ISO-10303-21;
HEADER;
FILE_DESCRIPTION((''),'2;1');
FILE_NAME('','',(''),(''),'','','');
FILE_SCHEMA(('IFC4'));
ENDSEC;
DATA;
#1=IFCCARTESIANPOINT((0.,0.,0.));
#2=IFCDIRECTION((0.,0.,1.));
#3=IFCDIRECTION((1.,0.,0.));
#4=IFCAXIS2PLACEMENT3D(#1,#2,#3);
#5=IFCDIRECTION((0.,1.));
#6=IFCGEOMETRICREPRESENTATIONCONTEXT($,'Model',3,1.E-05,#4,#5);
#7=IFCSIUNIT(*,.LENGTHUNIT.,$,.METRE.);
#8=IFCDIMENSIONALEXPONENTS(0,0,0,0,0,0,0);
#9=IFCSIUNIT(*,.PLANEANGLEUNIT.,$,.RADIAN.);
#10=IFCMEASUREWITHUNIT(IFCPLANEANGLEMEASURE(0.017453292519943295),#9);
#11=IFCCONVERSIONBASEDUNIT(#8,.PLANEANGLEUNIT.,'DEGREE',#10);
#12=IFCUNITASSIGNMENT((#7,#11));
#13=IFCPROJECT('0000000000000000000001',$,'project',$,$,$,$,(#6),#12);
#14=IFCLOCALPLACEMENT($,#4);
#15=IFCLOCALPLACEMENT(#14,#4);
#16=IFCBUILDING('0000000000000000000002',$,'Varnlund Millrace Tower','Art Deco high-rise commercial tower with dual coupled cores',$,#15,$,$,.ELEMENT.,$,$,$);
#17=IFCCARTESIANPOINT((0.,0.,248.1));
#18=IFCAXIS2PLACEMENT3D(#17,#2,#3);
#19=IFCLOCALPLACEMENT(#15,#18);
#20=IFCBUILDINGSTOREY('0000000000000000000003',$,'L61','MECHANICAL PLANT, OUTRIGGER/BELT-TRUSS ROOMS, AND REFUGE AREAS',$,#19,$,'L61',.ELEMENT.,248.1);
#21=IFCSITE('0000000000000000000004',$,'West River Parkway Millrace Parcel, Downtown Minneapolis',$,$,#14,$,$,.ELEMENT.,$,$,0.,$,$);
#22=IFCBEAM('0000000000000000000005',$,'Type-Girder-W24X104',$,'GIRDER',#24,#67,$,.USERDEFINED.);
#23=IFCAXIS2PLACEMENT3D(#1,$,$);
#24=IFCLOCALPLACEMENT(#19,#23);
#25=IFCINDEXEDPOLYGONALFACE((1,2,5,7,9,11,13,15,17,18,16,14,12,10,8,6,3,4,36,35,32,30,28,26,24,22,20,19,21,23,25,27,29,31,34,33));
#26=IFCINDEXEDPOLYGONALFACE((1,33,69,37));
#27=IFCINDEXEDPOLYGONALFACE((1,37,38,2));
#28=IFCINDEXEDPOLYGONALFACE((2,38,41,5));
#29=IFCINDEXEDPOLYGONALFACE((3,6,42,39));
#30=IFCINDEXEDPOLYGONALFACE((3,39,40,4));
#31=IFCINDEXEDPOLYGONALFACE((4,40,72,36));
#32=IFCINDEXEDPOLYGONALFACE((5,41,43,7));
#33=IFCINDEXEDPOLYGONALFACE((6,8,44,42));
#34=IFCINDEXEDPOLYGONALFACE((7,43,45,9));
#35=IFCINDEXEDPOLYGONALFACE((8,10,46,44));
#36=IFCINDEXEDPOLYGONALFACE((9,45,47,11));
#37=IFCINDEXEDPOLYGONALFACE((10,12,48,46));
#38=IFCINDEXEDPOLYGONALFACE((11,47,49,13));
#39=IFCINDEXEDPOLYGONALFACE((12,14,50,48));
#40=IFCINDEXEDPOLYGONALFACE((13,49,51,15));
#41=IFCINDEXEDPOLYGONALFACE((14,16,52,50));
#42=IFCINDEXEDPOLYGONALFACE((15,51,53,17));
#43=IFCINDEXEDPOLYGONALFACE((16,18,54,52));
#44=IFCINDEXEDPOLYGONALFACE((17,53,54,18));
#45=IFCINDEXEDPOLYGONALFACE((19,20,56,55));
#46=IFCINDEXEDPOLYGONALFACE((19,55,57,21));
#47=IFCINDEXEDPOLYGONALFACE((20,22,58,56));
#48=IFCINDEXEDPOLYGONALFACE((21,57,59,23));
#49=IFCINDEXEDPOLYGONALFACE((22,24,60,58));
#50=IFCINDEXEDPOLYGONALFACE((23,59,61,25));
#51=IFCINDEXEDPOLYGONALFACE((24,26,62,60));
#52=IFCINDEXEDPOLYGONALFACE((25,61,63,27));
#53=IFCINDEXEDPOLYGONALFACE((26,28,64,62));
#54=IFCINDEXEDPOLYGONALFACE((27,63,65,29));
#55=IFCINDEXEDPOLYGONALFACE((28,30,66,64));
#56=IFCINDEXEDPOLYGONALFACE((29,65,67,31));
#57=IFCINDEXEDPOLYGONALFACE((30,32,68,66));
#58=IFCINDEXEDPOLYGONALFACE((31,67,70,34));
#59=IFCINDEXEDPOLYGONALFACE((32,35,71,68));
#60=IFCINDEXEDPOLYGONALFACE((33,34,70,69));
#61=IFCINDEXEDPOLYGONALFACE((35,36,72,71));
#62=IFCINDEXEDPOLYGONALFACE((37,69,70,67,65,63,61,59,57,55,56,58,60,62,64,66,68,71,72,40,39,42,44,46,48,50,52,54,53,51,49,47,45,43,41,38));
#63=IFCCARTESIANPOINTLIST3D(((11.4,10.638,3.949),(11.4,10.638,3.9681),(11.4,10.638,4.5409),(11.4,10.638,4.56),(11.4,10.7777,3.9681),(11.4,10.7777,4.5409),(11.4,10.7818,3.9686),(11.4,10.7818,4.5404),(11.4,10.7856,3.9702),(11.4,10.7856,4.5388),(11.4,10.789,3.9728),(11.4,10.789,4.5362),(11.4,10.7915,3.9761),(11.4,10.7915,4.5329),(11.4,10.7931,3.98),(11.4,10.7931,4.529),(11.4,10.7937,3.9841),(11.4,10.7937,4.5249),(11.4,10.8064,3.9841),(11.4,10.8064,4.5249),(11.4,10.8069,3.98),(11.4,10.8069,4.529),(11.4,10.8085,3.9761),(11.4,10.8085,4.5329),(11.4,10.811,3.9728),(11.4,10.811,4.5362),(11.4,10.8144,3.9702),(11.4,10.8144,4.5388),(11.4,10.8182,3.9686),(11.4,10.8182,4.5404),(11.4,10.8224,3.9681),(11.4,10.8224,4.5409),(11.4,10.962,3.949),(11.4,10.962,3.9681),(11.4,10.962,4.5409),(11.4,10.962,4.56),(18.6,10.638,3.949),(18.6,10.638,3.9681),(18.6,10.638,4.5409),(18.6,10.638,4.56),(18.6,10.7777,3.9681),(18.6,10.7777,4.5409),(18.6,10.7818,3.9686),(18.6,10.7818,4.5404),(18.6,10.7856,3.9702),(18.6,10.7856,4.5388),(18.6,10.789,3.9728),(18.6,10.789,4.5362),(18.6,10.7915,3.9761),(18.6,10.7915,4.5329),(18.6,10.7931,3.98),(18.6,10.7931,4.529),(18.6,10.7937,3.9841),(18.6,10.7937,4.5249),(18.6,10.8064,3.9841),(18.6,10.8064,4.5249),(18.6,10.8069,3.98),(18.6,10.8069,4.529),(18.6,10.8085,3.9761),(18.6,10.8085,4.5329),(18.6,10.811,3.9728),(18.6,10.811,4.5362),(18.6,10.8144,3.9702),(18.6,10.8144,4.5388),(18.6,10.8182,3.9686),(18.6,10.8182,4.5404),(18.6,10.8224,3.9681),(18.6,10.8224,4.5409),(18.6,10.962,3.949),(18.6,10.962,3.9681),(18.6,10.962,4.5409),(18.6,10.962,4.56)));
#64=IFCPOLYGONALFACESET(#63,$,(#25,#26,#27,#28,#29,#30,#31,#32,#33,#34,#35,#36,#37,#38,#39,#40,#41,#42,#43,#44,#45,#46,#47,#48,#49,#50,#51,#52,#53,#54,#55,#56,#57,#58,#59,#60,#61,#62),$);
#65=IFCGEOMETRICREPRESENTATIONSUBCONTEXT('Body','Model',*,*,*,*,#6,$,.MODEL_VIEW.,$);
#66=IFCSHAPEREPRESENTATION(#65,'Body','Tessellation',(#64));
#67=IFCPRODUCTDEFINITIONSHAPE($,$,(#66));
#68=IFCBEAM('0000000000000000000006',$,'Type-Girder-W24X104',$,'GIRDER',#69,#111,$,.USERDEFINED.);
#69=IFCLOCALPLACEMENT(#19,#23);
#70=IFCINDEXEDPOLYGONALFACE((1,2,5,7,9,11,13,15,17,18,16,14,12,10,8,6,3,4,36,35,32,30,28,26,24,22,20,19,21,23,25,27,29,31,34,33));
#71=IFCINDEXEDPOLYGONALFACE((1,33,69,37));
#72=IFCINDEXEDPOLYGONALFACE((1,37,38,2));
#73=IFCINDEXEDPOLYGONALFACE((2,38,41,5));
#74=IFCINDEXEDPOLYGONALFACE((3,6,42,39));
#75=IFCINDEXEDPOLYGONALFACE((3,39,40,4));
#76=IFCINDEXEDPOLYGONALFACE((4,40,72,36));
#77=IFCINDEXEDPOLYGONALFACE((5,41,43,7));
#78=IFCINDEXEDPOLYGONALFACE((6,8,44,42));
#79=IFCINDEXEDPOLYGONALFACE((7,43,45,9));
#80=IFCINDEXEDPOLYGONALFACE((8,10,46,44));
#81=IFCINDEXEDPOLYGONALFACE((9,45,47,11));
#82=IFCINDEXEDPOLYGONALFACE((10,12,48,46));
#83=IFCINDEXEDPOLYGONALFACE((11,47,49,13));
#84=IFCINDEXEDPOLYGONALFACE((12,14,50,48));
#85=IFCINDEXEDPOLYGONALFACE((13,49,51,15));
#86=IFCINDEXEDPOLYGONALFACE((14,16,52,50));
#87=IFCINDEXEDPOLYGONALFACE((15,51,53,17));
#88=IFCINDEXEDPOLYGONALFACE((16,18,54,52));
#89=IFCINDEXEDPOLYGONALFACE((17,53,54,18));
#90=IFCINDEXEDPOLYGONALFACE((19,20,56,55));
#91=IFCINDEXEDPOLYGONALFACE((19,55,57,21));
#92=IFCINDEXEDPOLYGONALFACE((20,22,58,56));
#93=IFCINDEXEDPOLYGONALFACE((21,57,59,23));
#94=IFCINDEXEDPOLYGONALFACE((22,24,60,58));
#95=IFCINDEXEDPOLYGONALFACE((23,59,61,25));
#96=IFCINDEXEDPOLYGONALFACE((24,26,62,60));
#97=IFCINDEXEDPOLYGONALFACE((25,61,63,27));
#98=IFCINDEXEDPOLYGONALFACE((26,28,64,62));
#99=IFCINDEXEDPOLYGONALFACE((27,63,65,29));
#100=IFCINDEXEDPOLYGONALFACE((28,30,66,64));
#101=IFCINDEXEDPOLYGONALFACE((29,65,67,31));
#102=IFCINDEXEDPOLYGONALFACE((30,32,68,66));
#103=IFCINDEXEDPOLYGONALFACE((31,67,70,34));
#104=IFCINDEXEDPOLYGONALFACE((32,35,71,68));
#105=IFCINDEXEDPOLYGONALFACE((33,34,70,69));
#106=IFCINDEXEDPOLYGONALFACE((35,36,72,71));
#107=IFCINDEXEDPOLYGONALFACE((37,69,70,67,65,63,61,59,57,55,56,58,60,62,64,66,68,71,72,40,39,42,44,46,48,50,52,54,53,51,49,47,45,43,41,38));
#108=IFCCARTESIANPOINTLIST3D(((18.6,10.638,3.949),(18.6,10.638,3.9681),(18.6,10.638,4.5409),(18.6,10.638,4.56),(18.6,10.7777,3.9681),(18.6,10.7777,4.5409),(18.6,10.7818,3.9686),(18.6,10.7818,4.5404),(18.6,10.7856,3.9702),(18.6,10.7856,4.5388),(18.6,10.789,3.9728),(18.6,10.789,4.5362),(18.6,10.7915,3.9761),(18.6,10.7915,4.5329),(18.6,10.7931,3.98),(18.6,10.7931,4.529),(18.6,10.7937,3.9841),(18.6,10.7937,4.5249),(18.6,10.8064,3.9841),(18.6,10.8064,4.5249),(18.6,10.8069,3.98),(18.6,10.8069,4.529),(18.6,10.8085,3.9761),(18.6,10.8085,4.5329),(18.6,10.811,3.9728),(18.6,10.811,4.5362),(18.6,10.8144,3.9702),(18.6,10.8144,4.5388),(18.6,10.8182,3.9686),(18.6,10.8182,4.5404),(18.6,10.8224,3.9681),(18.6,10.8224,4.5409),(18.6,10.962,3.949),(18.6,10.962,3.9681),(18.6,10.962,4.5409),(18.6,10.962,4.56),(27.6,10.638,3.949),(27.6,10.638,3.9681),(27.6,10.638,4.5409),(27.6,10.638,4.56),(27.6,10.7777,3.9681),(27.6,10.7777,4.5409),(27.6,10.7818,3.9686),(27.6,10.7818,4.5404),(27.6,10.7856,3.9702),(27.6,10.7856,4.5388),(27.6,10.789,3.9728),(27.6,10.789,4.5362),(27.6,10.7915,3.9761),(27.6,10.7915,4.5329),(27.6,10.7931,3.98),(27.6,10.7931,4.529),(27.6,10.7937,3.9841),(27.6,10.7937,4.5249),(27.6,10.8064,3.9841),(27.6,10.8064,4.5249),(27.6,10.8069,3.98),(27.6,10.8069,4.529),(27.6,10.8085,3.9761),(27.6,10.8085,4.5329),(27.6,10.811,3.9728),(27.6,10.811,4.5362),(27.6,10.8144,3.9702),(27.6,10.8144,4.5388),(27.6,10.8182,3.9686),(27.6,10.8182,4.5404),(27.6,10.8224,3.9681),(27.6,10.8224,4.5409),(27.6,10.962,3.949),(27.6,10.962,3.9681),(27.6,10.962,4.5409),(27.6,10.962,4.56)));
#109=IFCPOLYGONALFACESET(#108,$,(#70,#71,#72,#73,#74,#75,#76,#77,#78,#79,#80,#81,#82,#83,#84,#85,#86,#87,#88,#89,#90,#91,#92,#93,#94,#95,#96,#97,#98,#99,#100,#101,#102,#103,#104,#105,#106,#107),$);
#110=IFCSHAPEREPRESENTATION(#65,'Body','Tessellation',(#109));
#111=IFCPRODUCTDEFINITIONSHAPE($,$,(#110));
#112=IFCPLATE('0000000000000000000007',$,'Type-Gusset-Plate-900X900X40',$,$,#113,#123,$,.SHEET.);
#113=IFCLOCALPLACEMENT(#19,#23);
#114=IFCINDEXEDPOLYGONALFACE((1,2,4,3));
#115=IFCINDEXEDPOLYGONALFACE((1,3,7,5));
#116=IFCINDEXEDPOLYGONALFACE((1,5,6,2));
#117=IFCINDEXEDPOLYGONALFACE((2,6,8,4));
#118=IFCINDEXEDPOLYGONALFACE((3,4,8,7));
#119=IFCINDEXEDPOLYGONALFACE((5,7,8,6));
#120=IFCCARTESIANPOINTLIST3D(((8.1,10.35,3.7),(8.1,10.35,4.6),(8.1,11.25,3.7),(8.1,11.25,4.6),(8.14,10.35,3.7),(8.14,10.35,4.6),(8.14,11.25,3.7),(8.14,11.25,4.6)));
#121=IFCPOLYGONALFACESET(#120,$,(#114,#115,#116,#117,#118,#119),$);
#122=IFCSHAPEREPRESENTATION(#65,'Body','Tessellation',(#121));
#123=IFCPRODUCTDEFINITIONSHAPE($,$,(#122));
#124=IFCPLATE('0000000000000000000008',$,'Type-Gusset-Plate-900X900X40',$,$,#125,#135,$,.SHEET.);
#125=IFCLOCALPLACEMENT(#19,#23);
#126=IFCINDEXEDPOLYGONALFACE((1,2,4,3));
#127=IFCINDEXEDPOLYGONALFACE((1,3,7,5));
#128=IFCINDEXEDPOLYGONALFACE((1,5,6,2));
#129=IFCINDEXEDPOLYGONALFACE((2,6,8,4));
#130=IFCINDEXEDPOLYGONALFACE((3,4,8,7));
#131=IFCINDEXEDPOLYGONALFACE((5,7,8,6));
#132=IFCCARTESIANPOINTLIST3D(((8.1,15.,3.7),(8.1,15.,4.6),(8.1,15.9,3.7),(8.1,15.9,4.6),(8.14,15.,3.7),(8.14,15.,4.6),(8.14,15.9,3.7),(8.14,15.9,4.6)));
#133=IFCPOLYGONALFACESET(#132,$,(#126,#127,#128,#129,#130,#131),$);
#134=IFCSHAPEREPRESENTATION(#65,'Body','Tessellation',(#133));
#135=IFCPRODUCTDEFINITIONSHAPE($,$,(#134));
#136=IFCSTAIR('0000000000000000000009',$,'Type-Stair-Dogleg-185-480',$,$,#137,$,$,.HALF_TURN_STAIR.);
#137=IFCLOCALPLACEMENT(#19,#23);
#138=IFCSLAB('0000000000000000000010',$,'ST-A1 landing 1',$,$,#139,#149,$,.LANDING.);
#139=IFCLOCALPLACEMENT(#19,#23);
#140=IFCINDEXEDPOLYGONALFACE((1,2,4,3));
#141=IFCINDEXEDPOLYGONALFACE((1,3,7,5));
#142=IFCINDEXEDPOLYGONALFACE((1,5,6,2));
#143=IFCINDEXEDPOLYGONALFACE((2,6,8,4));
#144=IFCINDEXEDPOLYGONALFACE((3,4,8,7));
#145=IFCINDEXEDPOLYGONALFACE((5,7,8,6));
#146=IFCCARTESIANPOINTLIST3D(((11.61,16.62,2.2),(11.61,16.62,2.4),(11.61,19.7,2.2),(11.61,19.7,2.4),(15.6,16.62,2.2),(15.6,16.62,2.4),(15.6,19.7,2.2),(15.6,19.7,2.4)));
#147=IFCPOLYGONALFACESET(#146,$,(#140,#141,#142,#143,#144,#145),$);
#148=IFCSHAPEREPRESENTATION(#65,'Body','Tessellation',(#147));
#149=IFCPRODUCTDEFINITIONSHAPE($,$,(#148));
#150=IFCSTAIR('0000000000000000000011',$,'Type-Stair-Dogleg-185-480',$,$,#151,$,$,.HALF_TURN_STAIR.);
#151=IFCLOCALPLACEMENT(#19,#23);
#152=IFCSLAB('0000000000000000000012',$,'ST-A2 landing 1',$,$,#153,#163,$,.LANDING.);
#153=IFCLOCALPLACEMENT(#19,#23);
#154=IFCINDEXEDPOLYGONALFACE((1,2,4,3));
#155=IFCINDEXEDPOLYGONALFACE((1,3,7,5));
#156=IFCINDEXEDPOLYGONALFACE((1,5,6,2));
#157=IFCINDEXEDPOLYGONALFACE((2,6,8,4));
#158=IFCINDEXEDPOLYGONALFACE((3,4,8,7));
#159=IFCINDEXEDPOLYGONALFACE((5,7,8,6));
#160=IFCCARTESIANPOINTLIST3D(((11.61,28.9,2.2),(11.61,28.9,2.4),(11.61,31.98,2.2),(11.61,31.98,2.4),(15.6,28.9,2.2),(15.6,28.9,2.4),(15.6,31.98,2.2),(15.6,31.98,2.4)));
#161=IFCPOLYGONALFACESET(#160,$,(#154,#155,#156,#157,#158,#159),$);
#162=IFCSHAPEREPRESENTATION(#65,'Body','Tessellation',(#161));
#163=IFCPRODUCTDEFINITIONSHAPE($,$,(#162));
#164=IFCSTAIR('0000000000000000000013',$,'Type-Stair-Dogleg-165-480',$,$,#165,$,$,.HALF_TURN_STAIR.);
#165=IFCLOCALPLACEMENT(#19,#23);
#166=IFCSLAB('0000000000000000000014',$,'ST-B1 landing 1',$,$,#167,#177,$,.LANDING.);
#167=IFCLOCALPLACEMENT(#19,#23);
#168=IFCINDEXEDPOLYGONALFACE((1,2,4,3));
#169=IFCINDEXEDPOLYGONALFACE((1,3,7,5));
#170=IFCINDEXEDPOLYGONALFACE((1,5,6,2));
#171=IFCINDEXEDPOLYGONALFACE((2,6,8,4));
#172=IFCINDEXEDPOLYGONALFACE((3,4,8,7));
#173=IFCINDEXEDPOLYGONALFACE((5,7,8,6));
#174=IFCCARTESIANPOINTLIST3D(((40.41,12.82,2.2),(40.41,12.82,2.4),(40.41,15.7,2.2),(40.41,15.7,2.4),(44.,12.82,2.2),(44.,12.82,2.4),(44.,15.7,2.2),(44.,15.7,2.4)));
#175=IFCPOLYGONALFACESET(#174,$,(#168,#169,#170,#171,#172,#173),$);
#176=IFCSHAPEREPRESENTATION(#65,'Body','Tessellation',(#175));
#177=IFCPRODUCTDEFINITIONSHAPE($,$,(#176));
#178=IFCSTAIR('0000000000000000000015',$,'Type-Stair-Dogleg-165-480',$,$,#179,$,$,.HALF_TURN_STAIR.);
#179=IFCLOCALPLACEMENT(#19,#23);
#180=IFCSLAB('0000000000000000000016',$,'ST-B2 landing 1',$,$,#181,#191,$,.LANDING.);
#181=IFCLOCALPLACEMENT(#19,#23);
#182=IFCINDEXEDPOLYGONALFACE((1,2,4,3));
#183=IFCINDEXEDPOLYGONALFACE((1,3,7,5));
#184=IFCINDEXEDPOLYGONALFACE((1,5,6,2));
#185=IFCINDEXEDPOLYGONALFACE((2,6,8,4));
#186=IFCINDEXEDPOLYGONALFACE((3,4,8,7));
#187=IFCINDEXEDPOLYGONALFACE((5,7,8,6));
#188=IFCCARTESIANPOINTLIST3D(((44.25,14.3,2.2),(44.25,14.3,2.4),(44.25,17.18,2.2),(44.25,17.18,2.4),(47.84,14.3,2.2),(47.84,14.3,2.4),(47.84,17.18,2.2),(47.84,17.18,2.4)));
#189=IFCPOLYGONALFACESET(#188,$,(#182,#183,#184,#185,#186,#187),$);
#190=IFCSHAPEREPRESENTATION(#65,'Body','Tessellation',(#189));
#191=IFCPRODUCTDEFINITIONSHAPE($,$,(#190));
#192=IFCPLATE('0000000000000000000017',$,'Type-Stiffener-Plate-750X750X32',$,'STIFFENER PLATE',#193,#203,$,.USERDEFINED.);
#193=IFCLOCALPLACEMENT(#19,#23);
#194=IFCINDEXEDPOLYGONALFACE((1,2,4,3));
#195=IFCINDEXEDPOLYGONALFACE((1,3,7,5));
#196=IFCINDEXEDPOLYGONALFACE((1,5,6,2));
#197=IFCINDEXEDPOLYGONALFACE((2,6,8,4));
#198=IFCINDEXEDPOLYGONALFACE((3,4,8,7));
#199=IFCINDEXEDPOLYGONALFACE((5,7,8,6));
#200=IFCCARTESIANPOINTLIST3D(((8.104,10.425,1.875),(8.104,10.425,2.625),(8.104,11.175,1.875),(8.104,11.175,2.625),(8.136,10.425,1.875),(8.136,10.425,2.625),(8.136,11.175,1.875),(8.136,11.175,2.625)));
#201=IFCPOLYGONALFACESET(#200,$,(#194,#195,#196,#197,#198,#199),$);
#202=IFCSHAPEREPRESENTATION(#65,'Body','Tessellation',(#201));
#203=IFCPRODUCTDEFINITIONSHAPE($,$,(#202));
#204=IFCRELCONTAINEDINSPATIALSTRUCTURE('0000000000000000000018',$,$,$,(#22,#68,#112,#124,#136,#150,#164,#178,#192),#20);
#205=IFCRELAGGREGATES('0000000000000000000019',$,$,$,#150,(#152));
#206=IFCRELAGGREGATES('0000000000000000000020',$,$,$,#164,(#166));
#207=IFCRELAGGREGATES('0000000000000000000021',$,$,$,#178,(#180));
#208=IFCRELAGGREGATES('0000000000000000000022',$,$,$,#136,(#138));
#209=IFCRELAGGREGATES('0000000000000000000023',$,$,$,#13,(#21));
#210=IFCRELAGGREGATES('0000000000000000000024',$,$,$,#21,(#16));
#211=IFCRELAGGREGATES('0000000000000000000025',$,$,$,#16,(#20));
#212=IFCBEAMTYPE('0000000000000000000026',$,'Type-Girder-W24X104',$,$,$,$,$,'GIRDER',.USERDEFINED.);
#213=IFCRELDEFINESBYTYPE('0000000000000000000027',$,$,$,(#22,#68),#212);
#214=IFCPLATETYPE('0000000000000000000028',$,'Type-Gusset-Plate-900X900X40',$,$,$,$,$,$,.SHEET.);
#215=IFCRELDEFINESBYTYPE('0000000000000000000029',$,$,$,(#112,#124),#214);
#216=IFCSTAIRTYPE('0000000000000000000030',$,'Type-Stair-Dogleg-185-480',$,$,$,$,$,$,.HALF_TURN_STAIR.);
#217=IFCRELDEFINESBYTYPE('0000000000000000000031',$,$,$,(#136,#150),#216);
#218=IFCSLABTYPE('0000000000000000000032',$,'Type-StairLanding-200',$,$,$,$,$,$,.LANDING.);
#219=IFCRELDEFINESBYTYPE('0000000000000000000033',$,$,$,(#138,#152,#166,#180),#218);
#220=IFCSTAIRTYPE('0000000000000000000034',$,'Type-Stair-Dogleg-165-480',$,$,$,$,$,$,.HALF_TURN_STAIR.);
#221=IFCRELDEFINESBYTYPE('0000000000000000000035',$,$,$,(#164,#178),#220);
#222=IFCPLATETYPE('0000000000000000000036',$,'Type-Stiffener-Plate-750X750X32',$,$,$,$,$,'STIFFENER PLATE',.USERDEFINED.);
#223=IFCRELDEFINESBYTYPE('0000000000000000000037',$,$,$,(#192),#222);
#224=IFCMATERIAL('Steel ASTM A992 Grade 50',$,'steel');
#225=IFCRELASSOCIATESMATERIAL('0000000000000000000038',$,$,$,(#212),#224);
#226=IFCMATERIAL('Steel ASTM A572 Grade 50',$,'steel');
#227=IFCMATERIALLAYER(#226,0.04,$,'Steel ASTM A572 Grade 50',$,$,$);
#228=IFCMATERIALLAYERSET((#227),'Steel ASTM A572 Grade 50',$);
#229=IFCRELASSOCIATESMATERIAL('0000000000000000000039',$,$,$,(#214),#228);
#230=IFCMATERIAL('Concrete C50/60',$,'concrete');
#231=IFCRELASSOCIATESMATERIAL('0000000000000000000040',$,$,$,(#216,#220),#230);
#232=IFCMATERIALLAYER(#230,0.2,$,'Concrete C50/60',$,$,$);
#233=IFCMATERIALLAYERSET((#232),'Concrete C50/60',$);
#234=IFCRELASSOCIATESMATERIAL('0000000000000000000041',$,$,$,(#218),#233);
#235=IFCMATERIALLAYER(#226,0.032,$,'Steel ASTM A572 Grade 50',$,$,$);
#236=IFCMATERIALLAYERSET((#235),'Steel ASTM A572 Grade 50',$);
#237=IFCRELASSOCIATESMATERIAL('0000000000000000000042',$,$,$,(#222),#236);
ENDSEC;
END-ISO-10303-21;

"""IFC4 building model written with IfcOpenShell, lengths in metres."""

from ifc_helpers import new_model, entity, si_unit, converted_unit, direction, frame, origin_with_axes, origin_2d_with_axis, place, context, subcontext, project, spatial, polyline, rectangle, i_section, outline, extrude, material, layer, layer_set, material_profile, profile_set, type_object, element, aggregate, save


model = new_model("IFC4")

# Units and contexts
model_context = context("Model", 3, precision=1e-05, world=origin_with_axes(), true_north=direction((0.0, 1.0)))
body_context = subcontext(model_context, "Body", "Model", "MODEL_VIEW")
ifc_project = project(units=[si_unit("LENGTHUNIT", "METRE"), converted_unit("PLANEANGLEUNIT", "DEGREE", entity("IfcPlaneAngleMeasure", 0.017453292519943295), si_unit("PLANEANGLEUNIT", "RADIAN"), dimensions=[0, 0, 0, 0, 0, 0, 0])], contexts=[model_context])

# Site, building, storey
site_placement = place(None, origin_with_axes())
site = spatial("IfcSite", under=ifc_project, at=site_placement, Name="West River Parkway Millrace Parcel, Downtown Minneapolis", CompositionType="ELEMENT", RefElevation=0.0)
building_placement = place(site_placement, origin_with_axes())
building = spatial("IfcBuilding", under=site, at=building_placement, Name="Varnlund Millrace Tower", Description="Art Deco high-rise commercial tower with dual coupled cores", CompositionType="ELEMENT")
storey_placement = place(building_placement, frame((0.0, 0.0, 248.1), z_axis=(0.0, 0.0, 1.0), x_axis=(1.0, 0.0, 0.0)))
storey = spatial("IfcBuildingStorey", under=building, at=storey_placement, Name="L61", Description="MECHANICAL PLANT, OUTRIGGER/BELT-TRUSS ROOMS, AND REFUGE AREAS", LongName="L61", CompositionType="ELEMENT", Elevation=248.1)

# Shared definitions
ifc_material_1 = material(Name="Steel ASTM A992 Grade 50", Category="steel")

# Beams
ifc_material_profile_1 = material_profile(ifc_material_1, i_section(OverallWidth=0.324, OverallDepth=0.611, WebThickness=0.0127, FlangeThickness=0.0191, FilletRadius=0.016, at=origin_2d_with_axis()), Name="Steel ASTM A992 Grade 50")
ifc_profile_set_1 = profile_set([ifc_material_profile_1], Name="Steel ASTM A992 Grade 50")
beam_type_1 = type_object("IfcBeamType", Name="Type-Girder-W24X104", ElementType="GIRDER", PredefinedType="USERDEFINED", material=ifc_profile_set_1)
beam_1_placement = place(storey_placement, frame((11.4, 10.8, 4.2545), z_axis=(1.0, 0.0, 0.0), x_axis=(0.0, 1.0, 0.0)))
element("IfcBeam", 1, at=beam_1_placement, inside=storey, type_object=beam_type_1, Name="Type-Girder-W24X104", ObjectType="GIRDER", PredefinedType="USERDEFINED", context=body_context, shape_type="SweptSolid", body=[
    extrude(i_section(OverallWidth=0.324, OverallDepth=0.611, WebThickness=0.0127, FlangeThickness=0.0191, FilletRadius=0.016, at=origin_2d_with_axis()), origin_with_axes(), (0.0, 0.0, 1.0), 7.2),
])
beam_2_placement = place(storey_placement, frame((18.6, 10.8, 4.2545), z_axis=(1.0, 0.0, 0.0), x_axis=(0.0, 1.0, 0.0)))
element("IfcBeam", 2, at=beam_2_placement, inside=storey, type_object=beam_type_1, Name="Type-Girder-W24X104", ObjectType="GIRDER", PredefinedType="USERDEFINED", context=body_context, shape_type="SweptSolid", body=[
    extrude(i_section(OverallWidth=0.324, OverallDepth=0.611, WebThickness=0.0127, FlangeThickness=0.0191, FilletRadius=0.016, at=origin_2d_with_axis()), origin_with_axes(), (0.0, 0.0, 1.0), 9.0),
])

# Plates
ifc_material_2 = material(Name="Steel ASTM A572 Grade 50", Category="steel")
ifc_layer_1 = layer(ifc_material_2, 0.04, Name="Steel ASTM A572 Grade 50")
ifc_layer_set_1 = layer_set([ifc_layer_1], Name="Steel ASTM A572 Grade 50")
plate_type_1 = type_object("IfcPlateType", Name="Type-Gusset-Plate-900X900X40", PredefinedType="SHEET", material=ifc_layer_set_1)
for number, where, z_axis, x_axis, name in (
    (3, (8.12, 10.8, 3.7), (0.0, 0.0, 1.0), (0.0, 1.0, 0.0), "Type-Gusset-Plate-900X900X40"),
    (4, (8.12, 15.45, 3.7), (0.0, 0.0, 1.0), (0.0, 1.0, 0.0), "Type-Gusset-Plate-900X900X40"),
):
    element("IfcPlate", number, at=place(storey_placement, frame(where, z_axis=z_axis, x_axis=x_axis)), inside=storey, type_object=plate_type_1, Name=name, PredefinedType="SHEET", context=body_context, shape_type="SweptSolid", body=[
        extrude(rectangle(XDim=0.9, YDim=0.04, at=origin_2d_with_axis()), origin_with_axes(), (0.0, 0.0, 1.0), 0.9),
    ])

# Stairs, slabs
ifc_material_3 = material(Name="Concrete C50/60", Category="concrete")
stair_type_1 = type_object("IfcStairType", Name="Type-Stair-Dogleg-185-480", PredefinedType="HALF_TURN_STAIR", material=ifc_material_3)
stair_1_placement = place(storey_placement, origin_with_axes())
stair_1 = element("IfcStair", 5, at=stair_1_placement, inside=storey, type_object=stair_type_1, Name="Type-Stair-Dogleg-185-480", PredefinedType="HALF_TURN_STAIR")
ifc_layer_2 = layer(ifc_material_3, 0.2, Name="Concrete C50/60")
ifc_layer_set_2 = layer_set([ifc_layer_2], Name="Concrete C50/60")
slab_type = type_object("IfcSlabType", Name="Type-StairLanding-200", PredefinedType="LANDING", material=ifc_layer_set_2)
slab_1_placement = place(storey_placement, frame((0.0, 0.0, 2.2), z_axis=(0.0, 0.0, 1.0), x_axis=(1.0, 0.0, 0.0)))
slab_1 = element("IfcSlab", 6, at=slab_1_placement, type_object=slab_type, Name="ST-A1 landing 1", PredefinedType="LANDING", context=body_context, shape_type="SweptSolid", body=[
    extrude(outline(polyline([(15.6, 16.62), (15.6, 19.7), (11.61, 19.7), (11.61, 16.62), (15.6, 16.62)])), origin_with_axes(), (0.0, 0.0, 1.0), 0.2),
])
stair_2_placement = place(storey_placement, origin_with_axes())
stair_2 = element("IfcStair", 7, at=stair_2_placement, inside=storey, type_object=stair_type_1, Name="Type-Stair-Dogleg-185-480", PredefinedType="HALF_TURN_STAIR")
slab_2_placement = place(storey_placement, frame((0.0, 0.0, 2.2), z_axis=(0.0, 0.0, 1.0), x_axis=(1.0, 0.0, 0.0)))
slab_2 = element("IfcSlab", 8, at=slab_2_placement, type_object=slab_type, Name="ST-A2 landing 1", PredefinedType="LANDING", context=body_context, shape_type="SweptSolid", body=[
    extrude(outline(polyline([(11.61, 31.98), (11.61, 28.9), (15.6, 28.9), (15.6, 31.98), (11.61, 31.98)])), origin_with_axes(), (0.0, 0.0, 1.0), 0.2),
])
aggregate(stair_2, [slab_2])
stair_type_2 = type_object("IfcStairType", Name="Type-Stair-Dogleg-165-480", PredefinedType="HALF_TURN_STAIR", material=ifc_material_3)
stair_3_placement = place(storey_placement, origin_with_axes())
stair_3 = element("IfcStair", 9, at=stair_3_placement, inside=storey, type_object=stair_type_2, Name="Type-Stair-Dogleg-165-480", PredefinedType="HALF_TURN_STAIR")
slab_3_placement = place(storey_placement, frame((0.0, 0.0, 2.2), z_axis=(0.0, 0.0, 1.0), x_axis=(1.0, 0.0, 0.0)))
slab_3 = element("IfcSlab", 10, at=slab_3_placement, type_object=slab_type, Name="ST-B1 landing 1", PredefinedType="LANDING", context=body_context, shape_type="SweptSolid", body=[
    extrude(outline(polyline([(44.0, 12.82), (44.0, 15.7), (40.41, 15.7), (40.41, 12.82), (44.0, 12.82)])), origin_with_axes(), (0.0, 0.0, 1.0), 0.2),
])
aggregate(stair_3, [slab_3])
stair_4_placement = place(storey_placement, origin_with_axes())
stair_4 = element("IfcStair", 11, at=stair_4_placement, inside=storey, type_object=stair_type_2, Name="Type-Stair-Dogleg-165-480", PredefinedType="HALF_TURN_STAIR")
slab_4_placement = place(storey_placement, frame((0.0, 0.0, 2.2), z_axis=(0.0, 0.0, 1.0), x_axis=(1.0, 0.0, 0.0)))
slab_4 = element("IfcSlab", 12, at=slab_4_placement, type_object=slab_type, Name="ST-B2 landing 1", PredefinedType="LANDING", context=body_context, shape_type="SweptSolid", body=[
    extrude(outline(polyline([(44.25, 17.18), (44.25, 14.3), (47.84, 14.3), (47.84, 17.18), (44.25, 17.18)])), origin_with_axes(), (0.0, 0.0, 1.0), 0.2),
])
aggregate(stair_4, [slab_4])

# Plate
ifc_layer_3 = layer(ifc_material_2, 0.032, Name="Steel ASTM A572 Grade 50")
ifc_layer_set_3 = layer_set([ifc_layer_3], Name="Steel ASTM A572 Grade 50")
plate_type_2 = type_object("IfcPlateType", Name="Type-Stiffener-Plate-750X750X32", ElementType="STIFFENER PLATE", PredefinedType="USERDEFINED", material=ifc_layer_set_3)
for number, where, z_axis, x_axis, name in (
    (13, (8.12, 10.8, 1.875), (0.0, 0.0, 1.0), (0.0, 1.0, 0.0), "Type-Stiffener-Plate-750X750X32"),
):
    element("IfcPlate", number, at=place(storey_placement, frame(where, z_axis=z_axis, x_axis=x_axis)), inside=storey, type_object=plate_type_2, Name=name, ObjectType="STIFFENER PLATE", PredefinedType="USERDEFINED", context=body_context, shape_type="SweptSolid", body=[
        extrude(rectangle(XDim=0.75, YDim=0.032, at=origin_2d_with_axis()), origin_with_axes(), (0.0, 0.0, 1.0), 0.75),
    ])

aggregate(stair_1, [slab_1])

save(model, "model.ifc")
